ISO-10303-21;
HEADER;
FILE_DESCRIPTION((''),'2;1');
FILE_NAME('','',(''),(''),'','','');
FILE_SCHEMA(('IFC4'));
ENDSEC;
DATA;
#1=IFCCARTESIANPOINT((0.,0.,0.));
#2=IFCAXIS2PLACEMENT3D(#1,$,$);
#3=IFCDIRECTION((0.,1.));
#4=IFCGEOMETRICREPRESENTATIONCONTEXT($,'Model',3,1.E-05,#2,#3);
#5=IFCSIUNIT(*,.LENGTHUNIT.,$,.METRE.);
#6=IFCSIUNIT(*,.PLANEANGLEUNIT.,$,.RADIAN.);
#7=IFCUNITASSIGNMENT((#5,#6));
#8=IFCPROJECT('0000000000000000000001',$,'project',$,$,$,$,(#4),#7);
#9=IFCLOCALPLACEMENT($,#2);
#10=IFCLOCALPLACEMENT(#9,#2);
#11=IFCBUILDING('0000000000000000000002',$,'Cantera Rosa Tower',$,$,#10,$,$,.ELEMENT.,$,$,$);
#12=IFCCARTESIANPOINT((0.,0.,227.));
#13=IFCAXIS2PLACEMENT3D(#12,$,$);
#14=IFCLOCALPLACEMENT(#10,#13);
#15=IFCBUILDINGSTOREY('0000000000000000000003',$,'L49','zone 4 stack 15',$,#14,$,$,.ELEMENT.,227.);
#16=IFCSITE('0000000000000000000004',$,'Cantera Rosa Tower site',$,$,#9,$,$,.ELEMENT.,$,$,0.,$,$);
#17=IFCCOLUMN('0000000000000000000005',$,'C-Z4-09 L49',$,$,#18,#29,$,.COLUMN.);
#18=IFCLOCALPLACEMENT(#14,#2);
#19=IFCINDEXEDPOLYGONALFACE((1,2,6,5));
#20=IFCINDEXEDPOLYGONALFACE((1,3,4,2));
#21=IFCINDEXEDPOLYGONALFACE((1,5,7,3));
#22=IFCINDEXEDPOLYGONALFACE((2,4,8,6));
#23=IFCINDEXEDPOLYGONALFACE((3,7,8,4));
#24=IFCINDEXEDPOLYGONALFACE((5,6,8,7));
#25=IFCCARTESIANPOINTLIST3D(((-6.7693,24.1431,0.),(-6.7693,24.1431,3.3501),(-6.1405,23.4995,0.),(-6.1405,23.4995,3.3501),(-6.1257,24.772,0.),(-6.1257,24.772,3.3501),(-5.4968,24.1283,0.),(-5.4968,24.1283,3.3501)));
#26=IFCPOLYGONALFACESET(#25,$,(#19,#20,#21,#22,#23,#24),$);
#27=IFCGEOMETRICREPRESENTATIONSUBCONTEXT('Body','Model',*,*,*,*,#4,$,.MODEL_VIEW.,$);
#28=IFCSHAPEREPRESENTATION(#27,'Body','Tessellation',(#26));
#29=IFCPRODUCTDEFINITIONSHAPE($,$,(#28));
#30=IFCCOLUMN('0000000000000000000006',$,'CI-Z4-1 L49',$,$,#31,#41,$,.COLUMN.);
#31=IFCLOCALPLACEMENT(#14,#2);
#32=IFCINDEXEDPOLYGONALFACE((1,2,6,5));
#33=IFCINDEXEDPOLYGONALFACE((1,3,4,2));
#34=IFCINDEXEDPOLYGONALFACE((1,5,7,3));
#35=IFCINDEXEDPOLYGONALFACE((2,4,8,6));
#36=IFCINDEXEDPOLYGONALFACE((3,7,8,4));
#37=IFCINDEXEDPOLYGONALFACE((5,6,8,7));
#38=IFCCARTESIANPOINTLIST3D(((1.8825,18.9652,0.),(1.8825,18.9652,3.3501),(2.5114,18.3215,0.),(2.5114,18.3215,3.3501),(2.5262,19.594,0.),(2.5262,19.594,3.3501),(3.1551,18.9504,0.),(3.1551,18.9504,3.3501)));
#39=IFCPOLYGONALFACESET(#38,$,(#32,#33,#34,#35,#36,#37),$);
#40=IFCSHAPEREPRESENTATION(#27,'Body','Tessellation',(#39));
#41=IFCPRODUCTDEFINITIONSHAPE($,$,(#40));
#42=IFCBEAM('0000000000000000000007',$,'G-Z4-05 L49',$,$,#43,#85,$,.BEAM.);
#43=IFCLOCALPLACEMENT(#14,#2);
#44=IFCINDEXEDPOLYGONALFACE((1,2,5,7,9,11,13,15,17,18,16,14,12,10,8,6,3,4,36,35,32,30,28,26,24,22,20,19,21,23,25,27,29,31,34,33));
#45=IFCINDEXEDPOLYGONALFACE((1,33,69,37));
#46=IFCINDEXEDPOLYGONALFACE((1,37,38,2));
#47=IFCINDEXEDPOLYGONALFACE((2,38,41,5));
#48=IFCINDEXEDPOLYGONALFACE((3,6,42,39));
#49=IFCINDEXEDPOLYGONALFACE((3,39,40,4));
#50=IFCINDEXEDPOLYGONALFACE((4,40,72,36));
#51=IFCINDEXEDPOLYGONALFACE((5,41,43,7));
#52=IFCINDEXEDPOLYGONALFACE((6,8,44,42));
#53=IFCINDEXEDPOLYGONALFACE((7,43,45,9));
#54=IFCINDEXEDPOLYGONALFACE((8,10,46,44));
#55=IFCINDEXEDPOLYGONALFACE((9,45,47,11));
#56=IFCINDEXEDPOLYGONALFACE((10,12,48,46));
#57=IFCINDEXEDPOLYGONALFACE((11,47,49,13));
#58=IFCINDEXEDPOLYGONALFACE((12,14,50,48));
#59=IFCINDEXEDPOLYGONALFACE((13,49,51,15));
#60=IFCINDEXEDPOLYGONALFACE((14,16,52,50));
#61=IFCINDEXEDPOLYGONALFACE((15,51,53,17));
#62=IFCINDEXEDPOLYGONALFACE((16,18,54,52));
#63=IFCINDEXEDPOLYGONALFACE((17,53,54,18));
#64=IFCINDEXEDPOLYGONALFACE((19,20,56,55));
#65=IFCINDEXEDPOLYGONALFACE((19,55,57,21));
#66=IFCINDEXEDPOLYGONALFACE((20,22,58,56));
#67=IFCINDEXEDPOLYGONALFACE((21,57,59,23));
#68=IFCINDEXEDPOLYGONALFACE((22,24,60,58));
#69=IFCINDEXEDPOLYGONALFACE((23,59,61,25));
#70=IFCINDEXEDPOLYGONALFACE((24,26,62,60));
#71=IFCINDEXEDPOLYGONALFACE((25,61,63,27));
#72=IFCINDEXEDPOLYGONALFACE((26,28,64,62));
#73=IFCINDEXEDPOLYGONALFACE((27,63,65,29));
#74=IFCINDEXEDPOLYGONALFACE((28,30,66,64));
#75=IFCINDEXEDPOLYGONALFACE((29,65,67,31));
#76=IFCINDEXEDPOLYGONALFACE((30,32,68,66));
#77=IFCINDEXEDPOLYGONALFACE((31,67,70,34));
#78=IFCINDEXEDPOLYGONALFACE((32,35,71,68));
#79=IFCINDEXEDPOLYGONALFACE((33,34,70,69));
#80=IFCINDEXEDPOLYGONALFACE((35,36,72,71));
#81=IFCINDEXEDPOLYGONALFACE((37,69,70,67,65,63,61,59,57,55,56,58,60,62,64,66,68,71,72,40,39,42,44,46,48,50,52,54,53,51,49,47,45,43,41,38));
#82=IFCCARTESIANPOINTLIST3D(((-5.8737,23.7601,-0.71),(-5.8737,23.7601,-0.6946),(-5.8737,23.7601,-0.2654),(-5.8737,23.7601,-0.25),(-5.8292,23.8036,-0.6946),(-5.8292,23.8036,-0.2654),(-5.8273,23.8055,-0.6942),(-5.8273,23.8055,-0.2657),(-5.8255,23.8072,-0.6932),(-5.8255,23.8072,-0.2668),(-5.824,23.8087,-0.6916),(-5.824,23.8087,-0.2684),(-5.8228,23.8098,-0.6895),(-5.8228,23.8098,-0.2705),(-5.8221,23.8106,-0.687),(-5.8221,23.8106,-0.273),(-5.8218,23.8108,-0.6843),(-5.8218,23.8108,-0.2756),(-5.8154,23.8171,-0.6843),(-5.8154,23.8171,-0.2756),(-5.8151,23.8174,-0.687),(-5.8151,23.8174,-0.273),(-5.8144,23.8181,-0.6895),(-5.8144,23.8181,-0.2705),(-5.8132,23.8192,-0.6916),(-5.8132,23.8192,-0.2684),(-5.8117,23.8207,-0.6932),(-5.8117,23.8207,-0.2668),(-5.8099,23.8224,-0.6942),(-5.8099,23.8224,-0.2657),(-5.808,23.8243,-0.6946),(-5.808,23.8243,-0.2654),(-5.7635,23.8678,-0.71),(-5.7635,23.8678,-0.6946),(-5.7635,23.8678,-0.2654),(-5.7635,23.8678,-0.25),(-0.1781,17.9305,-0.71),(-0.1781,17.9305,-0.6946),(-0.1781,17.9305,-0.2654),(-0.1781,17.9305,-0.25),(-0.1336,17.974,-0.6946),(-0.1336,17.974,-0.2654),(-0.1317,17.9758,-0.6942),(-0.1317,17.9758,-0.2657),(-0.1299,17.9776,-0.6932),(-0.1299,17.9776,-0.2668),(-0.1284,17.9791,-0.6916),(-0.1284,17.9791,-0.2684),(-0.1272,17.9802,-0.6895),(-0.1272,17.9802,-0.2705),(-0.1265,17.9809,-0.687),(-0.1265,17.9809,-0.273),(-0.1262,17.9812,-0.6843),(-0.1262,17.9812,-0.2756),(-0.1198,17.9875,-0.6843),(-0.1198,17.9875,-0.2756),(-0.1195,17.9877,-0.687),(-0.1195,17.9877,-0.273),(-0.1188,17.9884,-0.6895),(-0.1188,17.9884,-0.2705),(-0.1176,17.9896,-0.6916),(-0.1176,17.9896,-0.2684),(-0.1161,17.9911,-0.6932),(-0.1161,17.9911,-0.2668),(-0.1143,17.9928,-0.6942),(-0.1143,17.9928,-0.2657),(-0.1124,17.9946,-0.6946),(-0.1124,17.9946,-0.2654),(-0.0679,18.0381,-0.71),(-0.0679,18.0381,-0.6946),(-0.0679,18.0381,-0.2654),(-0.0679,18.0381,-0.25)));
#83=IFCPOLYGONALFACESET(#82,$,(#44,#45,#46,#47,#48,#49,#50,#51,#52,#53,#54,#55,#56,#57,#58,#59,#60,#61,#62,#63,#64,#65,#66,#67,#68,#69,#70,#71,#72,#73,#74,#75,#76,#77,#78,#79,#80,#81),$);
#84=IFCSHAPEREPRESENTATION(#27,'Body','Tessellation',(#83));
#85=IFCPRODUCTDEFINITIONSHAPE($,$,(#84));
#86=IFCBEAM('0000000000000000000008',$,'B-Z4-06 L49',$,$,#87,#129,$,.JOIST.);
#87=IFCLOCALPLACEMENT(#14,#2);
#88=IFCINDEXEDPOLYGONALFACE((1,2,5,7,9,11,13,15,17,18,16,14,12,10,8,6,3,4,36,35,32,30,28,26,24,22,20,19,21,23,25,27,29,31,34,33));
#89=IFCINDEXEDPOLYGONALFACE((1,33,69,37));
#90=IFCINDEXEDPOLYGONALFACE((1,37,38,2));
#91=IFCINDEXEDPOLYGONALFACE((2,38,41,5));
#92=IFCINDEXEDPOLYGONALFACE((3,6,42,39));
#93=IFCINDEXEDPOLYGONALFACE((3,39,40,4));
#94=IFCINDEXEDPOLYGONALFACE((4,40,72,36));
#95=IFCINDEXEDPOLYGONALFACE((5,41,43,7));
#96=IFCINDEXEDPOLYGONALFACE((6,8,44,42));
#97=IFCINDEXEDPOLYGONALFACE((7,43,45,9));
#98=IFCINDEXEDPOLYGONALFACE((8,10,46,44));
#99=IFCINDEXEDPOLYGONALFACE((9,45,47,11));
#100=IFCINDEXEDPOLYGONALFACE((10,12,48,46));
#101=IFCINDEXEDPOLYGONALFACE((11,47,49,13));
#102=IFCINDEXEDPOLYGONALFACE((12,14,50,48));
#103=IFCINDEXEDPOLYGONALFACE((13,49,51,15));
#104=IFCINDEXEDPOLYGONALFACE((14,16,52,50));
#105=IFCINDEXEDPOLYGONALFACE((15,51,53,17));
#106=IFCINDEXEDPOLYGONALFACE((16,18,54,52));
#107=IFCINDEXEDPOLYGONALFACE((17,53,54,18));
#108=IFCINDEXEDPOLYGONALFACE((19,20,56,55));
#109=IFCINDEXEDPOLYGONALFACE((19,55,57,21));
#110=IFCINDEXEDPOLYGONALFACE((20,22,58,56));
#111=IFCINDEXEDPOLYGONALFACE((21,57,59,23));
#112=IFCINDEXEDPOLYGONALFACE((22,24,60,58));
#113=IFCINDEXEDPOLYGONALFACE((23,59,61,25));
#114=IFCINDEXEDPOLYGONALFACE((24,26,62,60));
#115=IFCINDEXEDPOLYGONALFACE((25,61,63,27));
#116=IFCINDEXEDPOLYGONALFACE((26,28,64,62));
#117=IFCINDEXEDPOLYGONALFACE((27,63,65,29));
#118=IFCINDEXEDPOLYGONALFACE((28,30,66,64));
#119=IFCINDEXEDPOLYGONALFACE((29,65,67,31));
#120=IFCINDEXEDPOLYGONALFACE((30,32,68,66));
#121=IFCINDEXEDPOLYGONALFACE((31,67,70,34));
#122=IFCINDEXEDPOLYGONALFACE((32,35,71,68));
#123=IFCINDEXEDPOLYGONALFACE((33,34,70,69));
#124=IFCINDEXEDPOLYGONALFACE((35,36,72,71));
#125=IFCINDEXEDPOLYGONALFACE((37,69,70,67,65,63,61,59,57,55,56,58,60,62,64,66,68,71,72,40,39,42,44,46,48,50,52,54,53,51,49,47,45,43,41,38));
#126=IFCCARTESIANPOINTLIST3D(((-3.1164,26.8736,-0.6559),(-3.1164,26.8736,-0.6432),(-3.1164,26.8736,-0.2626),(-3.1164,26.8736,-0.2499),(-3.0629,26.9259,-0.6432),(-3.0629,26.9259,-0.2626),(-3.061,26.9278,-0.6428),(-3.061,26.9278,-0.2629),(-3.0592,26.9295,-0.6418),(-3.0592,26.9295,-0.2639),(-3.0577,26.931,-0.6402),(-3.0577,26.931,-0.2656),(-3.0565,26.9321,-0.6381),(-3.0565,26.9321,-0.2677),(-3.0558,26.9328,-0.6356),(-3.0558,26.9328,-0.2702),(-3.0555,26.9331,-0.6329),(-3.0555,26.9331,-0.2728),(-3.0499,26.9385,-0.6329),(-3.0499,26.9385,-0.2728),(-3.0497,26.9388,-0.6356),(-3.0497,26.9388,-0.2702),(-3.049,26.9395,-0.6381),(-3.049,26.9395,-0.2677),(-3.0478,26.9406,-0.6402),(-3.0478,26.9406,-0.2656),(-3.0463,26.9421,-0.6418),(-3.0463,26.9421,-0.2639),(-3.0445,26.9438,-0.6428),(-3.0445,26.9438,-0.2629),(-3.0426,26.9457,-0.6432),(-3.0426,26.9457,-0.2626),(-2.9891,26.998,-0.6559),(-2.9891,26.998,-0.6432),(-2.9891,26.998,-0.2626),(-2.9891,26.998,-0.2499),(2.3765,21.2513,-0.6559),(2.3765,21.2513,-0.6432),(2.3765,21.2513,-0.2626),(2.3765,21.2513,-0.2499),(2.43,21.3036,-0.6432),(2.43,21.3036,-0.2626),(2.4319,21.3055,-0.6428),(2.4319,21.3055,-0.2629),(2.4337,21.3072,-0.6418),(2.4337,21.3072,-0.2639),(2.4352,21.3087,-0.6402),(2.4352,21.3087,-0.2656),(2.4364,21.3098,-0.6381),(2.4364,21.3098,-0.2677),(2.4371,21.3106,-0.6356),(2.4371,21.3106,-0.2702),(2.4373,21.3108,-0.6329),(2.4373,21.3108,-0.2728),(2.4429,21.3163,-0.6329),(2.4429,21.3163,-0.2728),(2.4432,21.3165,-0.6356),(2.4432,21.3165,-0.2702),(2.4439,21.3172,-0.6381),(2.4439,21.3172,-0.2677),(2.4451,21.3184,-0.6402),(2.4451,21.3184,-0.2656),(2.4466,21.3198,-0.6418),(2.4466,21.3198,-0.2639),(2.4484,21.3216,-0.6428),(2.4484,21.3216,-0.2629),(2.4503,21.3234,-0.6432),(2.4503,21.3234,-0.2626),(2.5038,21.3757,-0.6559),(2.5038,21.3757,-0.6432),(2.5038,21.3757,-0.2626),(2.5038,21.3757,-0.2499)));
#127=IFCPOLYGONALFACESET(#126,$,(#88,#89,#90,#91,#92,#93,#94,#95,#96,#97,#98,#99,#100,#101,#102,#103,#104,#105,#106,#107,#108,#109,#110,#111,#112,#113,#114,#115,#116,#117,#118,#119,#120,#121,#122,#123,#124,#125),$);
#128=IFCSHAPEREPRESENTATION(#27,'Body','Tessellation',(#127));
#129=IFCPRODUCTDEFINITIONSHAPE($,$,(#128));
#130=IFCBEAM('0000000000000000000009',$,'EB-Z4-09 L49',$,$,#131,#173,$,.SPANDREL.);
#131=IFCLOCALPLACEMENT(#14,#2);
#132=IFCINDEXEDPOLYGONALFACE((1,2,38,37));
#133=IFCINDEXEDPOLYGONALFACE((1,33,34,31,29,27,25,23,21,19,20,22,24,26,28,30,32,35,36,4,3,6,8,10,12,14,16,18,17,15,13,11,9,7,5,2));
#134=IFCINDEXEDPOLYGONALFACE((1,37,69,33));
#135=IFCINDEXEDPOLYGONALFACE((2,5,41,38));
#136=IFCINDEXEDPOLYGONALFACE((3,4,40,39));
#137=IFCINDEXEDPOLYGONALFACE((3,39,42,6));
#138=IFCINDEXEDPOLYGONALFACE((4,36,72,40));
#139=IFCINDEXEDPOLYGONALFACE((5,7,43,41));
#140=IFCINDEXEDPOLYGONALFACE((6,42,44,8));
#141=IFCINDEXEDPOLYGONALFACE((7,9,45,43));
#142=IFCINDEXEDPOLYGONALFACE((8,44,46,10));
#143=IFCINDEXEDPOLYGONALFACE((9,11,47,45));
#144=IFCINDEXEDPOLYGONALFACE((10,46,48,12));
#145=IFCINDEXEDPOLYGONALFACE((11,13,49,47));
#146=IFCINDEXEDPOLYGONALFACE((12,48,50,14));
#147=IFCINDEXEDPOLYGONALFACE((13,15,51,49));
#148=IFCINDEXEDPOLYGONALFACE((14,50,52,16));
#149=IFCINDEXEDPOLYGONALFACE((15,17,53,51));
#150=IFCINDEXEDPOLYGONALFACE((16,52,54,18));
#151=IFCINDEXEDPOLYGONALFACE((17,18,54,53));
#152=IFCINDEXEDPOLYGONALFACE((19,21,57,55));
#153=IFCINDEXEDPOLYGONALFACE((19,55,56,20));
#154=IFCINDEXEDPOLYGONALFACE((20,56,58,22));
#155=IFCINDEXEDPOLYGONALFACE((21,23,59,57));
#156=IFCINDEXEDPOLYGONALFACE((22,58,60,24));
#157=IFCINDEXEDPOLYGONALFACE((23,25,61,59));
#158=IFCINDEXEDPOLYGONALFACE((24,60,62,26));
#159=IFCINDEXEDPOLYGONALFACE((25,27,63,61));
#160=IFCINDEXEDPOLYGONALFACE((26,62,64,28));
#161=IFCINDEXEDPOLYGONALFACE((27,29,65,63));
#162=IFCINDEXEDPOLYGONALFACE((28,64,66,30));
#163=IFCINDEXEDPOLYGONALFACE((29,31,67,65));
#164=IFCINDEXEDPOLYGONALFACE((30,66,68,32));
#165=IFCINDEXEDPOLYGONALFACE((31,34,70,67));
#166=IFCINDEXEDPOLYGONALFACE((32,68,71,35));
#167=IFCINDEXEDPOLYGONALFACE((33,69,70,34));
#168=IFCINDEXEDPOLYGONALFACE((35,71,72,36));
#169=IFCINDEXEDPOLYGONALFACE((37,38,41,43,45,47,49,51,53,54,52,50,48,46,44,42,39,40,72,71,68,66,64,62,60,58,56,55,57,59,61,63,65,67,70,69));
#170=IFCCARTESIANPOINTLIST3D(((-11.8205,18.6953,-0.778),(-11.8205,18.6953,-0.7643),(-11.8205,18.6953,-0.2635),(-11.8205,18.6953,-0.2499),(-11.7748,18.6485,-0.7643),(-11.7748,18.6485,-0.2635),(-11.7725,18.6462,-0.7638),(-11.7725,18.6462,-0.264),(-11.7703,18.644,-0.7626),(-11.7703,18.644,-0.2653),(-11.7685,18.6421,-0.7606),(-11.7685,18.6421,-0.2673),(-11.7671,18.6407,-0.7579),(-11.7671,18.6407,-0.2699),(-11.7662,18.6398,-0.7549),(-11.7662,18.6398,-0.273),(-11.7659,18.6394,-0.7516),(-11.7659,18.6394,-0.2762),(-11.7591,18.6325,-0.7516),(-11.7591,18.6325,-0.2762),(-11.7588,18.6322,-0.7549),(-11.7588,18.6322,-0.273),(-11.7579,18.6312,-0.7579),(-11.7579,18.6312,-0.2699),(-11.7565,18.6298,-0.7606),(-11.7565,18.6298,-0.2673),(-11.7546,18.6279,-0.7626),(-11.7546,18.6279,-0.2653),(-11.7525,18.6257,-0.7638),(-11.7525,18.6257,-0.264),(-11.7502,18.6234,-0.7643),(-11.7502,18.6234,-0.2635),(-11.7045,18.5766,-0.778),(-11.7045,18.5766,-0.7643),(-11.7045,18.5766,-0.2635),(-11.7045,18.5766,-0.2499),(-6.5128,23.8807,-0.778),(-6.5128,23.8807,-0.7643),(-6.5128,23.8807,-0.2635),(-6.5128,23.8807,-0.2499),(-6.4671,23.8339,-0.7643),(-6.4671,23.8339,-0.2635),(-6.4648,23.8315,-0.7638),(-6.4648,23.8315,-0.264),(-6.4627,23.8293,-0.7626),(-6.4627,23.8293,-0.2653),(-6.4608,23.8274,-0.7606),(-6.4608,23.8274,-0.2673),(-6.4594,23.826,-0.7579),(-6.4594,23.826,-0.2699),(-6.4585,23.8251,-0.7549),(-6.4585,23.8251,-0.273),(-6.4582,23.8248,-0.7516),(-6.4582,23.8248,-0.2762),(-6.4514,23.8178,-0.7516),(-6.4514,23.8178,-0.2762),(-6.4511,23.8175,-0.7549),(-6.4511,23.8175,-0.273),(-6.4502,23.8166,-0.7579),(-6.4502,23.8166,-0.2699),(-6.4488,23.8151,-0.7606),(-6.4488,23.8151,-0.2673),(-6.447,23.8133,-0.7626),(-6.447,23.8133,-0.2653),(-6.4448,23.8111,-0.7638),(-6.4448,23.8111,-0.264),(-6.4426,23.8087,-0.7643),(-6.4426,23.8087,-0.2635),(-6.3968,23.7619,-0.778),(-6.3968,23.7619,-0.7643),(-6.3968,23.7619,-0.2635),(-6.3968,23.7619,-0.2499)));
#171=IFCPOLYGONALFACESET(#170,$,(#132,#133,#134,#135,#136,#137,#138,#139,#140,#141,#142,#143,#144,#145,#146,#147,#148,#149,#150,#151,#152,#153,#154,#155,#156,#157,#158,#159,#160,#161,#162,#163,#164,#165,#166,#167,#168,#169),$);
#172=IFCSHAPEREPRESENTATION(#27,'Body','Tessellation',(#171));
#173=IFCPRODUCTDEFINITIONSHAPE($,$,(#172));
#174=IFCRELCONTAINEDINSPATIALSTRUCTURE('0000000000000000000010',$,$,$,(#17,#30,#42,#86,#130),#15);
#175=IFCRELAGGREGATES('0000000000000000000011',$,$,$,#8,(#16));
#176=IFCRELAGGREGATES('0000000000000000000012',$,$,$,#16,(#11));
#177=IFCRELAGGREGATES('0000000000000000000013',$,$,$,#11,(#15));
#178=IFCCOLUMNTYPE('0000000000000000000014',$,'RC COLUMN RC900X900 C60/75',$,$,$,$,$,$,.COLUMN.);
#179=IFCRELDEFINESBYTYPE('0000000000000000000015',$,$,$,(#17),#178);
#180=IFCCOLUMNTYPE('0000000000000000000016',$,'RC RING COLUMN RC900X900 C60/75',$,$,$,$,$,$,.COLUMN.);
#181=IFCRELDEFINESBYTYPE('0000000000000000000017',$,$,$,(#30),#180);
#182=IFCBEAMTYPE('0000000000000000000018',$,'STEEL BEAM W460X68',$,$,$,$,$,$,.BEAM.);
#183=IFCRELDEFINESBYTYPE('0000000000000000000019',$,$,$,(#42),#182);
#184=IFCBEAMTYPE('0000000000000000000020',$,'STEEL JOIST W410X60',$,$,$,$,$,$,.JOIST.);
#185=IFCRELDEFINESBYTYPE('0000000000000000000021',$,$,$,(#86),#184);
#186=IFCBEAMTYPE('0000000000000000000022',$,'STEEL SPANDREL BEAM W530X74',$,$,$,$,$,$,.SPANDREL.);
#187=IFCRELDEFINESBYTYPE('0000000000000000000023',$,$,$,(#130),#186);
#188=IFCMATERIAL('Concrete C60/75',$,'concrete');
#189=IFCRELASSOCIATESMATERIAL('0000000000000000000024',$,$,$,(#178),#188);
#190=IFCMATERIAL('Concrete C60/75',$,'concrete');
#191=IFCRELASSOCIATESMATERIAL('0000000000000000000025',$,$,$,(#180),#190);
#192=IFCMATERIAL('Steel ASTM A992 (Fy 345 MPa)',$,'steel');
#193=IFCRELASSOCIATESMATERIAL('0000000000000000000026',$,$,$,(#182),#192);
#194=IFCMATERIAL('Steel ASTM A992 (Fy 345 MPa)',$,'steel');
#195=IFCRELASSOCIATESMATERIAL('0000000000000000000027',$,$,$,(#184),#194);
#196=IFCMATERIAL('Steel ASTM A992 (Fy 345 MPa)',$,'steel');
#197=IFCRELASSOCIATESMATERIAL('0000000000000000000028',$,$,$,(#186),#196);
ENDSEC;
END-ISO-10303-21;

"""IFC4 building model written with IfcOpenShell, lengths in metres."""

from ifc_helpers import new_model, si_unit, direction, frame, origin, origin_2d, place, context, subcontext, project, spatial, rectangle, i_section, extrude, material, material_profile, profile_set, type_object, element, save


model = new_model("IFC4")

# Units and contexts
model_context = context("Model", 3, precision=1e-05, world=origin(), true_north=direction((0.0, 1.0)))
body_context = subcontext(model_context, "Body", "Model", "MODEL_VIEW")
ifc_project = project(units=[si_unit("LENGTHUNIT", "METRE"), si_unit("PLANEANGLEUNIT", "RADIAN")], contexts=[model_context])

# Site, building, storey
site_placement = place(None, origin())
site = spatial("IfcSite", under=ifc_project, at=site_placement, Name="Cantera Rosa Tower site", CompositionType="ELEMENT", RefElevation=0.0)
building_placement = place(site_placement, origin())
building = spatial("IfcBuilding", under=site, at=building_placement, Name="Cantera Rosa Tower", CompositionType="ELEMENT")
storey_placement = place(building_placement, frame((0.0, 0.0, 227.0)))
storey = spatial("IfcBuildingStorey", under=building, at=storey_placement, Name="L49", Description="zone 4 stack 15", CompositionType="ELEMENT", Elevation=227.0)

# Columns
ifc_material_1 = material(Name="Concrete C60/75", Category="concrete")
ifc_material_profile_1 = material_profile(ifc_material_1, rectangle(XDim=0.8999, YDim=0.8999, at=origin_2d()), Name="RC COLUMN RC900X900 C60/75")
ifc_profile_set_1 = profile_set([ifc_material_profile_1], Name="Concrete C60/75")
column_type_1 = type_object("IfcColumnType", Name="RC COLUMN RC900X900 C60/75", PredefinedType="COLUMN", material=ifc_profile_set_1)
column_1_placement = place(storey_placement, frame((-6.1331, 24.1357, 0.0), z_axis=(0.0, 0.0, 1.0), x_axis=(0.715286, 0.698832, 0.0)))
element("IfcColumn", 1, at=column_1_placement, inside=storey, type_object=column_type_1, Name="C-Z4-09 L49", PredefinedType="COLUMN", context=body_context, shape_type="SweptSolid", body=[
    extrude(rectangle(XDim=0.8999, YDim=0.8999, at=origin_2d()), origin(), (0.0, 0.0, 1.0), 3.3501),
])
ifc_material_2 = material(Name="Concrete C60/75", Category="concrete")
ifc_material_profile_2 = material_profile(ifc_material_2, rectangle(XDim=0.8999, YDim=0.8999, at=origin_2d()), Name="RC RING COLUMN RC900X900 C60/75")
ifc_profile_set_2 = profile_set([ifc_material_profile_2], Name="Concrete C60/75")
column_type_2 = type_object("IfcColumnType", Name="RC RING COLUMN RC900X900 C60/75", PredefinedType="COLUMN", material=ifc_profile_set_2)
column_2_placement = place(storey_placement, frame((2.5188, 18.9578, 0.0), z_axis=(0.0, 0.0, 1.0), x_axis=(0.715286, 0.698832, 0.0)))
element("IfcColumn", 2, at=column_2_placement, inside=storey, type_object=column_type_2, Name="CI-Z4-1 L49", PredefinedType="COLUMN", context=body_context, shape_type="SweptSolid", body=[
    extrude(rectangle(XDim=0.8999, YDim=0.8999, at=origin_2d()), origin(), (0.0, 0.0, 1.0), 3.3501),
])

# Beams
ifc_material_3 = material(Name="Steel ASTM A992 (Fy 345 MPa)", Category="steel")
ifc_material_profile_3 = material_profile(ifc_material_3, i_section(OverallWidth=0.1541, OverallDepth=0.46, WebThickness=0.009, FlangeThickness=0.0154, FilletRadius=0.0103, at=origin_2d()), Name="W460X68")
ifc_profile_set_3 = profile_set([ifc_material_profile_3], Name="Steel ASTM A992 (Fy 345 MPa)")
beam_type_1 = type_object("IfcBeamType", Name="STEEL BEAM W460X68", PredefinedType="BEAM", material=ifc_profile_set_3)
beam_1_placement = place(storey_placement, frame((-5.8186, 23.814, -0.48), z_axis=(0.698836, -0.715282, 0.0), x_axis=(0.715282, 0.698836, 0.0)))
element("IfcBeam", 3, at=beam_1_placement, inside=storey, type_object=beam_type_1, Name="G-Z4-05 L49", PredefinedType="BEAM", context=body_context, shape_type="SweptSolid", body=[
    extrude(i_section(OverallWidth=0.1541, OverallDepth=0.46, WebThickness=0.009, FlangeThickness=0.0154, FilletRadius=0.0103, at=origin_2d()), origin(), (0.0, 0.0, 1.0), 8.1501),
])
ifc_material_4 = material(Name="Steel ASTM A992 (Fy 345 MPa)", Category="steel")
ifc_material_profile_4 = material_profile(ifc_material_4, i_section(OverallWidth=0.178, OverallDepth=0.406, WebThickness=0.0078, FlangeThickness=0.0127, FilletRadius=0.0103, at=origin_2d()), Name="W410X60")
ifc_profile_set_4 = profile_set([ifc_material_profile_4], Name="Steel ASTM A992 (Fy 345 MPa)")
beam_type_2 = type_object("IfcBeamType", Name="STEEL JOIST W410X60", PredefinedType="JOIST", material=ifc_profile_set_4)
beam_2_placement = place(storey_placement, frame((-3.0527, 26.9358, -0.4529), z_axis=(0.698828, -0.71529, 0.0), x_axis=(0.71529, 0.698828, 0.0)))
element("IfcBeam", 4, at=beam_2_placement, inside=storey, type_object=beam_type_2, Name="B-Z4-06 L49", PredefinedType="JOIST", context=body_context, shape_type="SweptSolid", body=[
    extrude(i_section(OverallWidth=0.178, OverallDepth=0.406, WebThickness=0.0078, FlangeThickness=0.0127, FilletRadius=0.0103, at=origin_2d()), origin(), (0.0, 0.0, 1.0), 7.8601),
])
ifc_material_5 = material(Name="Steel ASTM A992 (Fy 345 MPa)", Category="steel")
ifc_material_profile_5 = material_profile(ifc_material_5, i_section(OverallWidth=0.166, OverallDepth=0.5281, WebThickness=0.0098, FlangeThickness=0.0137, FilletRadius=0.0127, at=origin_2d()), Name="W530X74")
ifc_profile_set_5 = profile_set([ifc_material_profile_5], Name="Steel ASTM A992 (Fy 345 MPa)")
beam_type_3 = type_object("IfcBeamType", Name="STEEL SPANDREL BEAM W530X74", PredefinedType="SPANDREL", material=ifc_profile_set_5)
beam_3_placement = place(storey_placement, frame((-6.4548, 23.8213, -0.5139), z_axis=(-0.715301, -0.698817, 0.0), x_axis=(0.698817, -0.715301, 0.0)))
element("IfcBeam", 5, at=beam_3_placement, inside=storey, type_object=beam_type_3, Name="EB-Z4-09 L49", PredefinedType="SPANDREL", context=body_context, shape_type="SweptSolid", body=[
    extrude(i_section(OverallWidth=0.166, OverallDepth=0.5281, WebThickness=0.0098, FlangeThickness=0.0137, FilletRadius=0.0127, at=origin_2d()), origin(), (0.0, 0.0, 1.0), 7.4202),
])

save(model, "model.ifc")
